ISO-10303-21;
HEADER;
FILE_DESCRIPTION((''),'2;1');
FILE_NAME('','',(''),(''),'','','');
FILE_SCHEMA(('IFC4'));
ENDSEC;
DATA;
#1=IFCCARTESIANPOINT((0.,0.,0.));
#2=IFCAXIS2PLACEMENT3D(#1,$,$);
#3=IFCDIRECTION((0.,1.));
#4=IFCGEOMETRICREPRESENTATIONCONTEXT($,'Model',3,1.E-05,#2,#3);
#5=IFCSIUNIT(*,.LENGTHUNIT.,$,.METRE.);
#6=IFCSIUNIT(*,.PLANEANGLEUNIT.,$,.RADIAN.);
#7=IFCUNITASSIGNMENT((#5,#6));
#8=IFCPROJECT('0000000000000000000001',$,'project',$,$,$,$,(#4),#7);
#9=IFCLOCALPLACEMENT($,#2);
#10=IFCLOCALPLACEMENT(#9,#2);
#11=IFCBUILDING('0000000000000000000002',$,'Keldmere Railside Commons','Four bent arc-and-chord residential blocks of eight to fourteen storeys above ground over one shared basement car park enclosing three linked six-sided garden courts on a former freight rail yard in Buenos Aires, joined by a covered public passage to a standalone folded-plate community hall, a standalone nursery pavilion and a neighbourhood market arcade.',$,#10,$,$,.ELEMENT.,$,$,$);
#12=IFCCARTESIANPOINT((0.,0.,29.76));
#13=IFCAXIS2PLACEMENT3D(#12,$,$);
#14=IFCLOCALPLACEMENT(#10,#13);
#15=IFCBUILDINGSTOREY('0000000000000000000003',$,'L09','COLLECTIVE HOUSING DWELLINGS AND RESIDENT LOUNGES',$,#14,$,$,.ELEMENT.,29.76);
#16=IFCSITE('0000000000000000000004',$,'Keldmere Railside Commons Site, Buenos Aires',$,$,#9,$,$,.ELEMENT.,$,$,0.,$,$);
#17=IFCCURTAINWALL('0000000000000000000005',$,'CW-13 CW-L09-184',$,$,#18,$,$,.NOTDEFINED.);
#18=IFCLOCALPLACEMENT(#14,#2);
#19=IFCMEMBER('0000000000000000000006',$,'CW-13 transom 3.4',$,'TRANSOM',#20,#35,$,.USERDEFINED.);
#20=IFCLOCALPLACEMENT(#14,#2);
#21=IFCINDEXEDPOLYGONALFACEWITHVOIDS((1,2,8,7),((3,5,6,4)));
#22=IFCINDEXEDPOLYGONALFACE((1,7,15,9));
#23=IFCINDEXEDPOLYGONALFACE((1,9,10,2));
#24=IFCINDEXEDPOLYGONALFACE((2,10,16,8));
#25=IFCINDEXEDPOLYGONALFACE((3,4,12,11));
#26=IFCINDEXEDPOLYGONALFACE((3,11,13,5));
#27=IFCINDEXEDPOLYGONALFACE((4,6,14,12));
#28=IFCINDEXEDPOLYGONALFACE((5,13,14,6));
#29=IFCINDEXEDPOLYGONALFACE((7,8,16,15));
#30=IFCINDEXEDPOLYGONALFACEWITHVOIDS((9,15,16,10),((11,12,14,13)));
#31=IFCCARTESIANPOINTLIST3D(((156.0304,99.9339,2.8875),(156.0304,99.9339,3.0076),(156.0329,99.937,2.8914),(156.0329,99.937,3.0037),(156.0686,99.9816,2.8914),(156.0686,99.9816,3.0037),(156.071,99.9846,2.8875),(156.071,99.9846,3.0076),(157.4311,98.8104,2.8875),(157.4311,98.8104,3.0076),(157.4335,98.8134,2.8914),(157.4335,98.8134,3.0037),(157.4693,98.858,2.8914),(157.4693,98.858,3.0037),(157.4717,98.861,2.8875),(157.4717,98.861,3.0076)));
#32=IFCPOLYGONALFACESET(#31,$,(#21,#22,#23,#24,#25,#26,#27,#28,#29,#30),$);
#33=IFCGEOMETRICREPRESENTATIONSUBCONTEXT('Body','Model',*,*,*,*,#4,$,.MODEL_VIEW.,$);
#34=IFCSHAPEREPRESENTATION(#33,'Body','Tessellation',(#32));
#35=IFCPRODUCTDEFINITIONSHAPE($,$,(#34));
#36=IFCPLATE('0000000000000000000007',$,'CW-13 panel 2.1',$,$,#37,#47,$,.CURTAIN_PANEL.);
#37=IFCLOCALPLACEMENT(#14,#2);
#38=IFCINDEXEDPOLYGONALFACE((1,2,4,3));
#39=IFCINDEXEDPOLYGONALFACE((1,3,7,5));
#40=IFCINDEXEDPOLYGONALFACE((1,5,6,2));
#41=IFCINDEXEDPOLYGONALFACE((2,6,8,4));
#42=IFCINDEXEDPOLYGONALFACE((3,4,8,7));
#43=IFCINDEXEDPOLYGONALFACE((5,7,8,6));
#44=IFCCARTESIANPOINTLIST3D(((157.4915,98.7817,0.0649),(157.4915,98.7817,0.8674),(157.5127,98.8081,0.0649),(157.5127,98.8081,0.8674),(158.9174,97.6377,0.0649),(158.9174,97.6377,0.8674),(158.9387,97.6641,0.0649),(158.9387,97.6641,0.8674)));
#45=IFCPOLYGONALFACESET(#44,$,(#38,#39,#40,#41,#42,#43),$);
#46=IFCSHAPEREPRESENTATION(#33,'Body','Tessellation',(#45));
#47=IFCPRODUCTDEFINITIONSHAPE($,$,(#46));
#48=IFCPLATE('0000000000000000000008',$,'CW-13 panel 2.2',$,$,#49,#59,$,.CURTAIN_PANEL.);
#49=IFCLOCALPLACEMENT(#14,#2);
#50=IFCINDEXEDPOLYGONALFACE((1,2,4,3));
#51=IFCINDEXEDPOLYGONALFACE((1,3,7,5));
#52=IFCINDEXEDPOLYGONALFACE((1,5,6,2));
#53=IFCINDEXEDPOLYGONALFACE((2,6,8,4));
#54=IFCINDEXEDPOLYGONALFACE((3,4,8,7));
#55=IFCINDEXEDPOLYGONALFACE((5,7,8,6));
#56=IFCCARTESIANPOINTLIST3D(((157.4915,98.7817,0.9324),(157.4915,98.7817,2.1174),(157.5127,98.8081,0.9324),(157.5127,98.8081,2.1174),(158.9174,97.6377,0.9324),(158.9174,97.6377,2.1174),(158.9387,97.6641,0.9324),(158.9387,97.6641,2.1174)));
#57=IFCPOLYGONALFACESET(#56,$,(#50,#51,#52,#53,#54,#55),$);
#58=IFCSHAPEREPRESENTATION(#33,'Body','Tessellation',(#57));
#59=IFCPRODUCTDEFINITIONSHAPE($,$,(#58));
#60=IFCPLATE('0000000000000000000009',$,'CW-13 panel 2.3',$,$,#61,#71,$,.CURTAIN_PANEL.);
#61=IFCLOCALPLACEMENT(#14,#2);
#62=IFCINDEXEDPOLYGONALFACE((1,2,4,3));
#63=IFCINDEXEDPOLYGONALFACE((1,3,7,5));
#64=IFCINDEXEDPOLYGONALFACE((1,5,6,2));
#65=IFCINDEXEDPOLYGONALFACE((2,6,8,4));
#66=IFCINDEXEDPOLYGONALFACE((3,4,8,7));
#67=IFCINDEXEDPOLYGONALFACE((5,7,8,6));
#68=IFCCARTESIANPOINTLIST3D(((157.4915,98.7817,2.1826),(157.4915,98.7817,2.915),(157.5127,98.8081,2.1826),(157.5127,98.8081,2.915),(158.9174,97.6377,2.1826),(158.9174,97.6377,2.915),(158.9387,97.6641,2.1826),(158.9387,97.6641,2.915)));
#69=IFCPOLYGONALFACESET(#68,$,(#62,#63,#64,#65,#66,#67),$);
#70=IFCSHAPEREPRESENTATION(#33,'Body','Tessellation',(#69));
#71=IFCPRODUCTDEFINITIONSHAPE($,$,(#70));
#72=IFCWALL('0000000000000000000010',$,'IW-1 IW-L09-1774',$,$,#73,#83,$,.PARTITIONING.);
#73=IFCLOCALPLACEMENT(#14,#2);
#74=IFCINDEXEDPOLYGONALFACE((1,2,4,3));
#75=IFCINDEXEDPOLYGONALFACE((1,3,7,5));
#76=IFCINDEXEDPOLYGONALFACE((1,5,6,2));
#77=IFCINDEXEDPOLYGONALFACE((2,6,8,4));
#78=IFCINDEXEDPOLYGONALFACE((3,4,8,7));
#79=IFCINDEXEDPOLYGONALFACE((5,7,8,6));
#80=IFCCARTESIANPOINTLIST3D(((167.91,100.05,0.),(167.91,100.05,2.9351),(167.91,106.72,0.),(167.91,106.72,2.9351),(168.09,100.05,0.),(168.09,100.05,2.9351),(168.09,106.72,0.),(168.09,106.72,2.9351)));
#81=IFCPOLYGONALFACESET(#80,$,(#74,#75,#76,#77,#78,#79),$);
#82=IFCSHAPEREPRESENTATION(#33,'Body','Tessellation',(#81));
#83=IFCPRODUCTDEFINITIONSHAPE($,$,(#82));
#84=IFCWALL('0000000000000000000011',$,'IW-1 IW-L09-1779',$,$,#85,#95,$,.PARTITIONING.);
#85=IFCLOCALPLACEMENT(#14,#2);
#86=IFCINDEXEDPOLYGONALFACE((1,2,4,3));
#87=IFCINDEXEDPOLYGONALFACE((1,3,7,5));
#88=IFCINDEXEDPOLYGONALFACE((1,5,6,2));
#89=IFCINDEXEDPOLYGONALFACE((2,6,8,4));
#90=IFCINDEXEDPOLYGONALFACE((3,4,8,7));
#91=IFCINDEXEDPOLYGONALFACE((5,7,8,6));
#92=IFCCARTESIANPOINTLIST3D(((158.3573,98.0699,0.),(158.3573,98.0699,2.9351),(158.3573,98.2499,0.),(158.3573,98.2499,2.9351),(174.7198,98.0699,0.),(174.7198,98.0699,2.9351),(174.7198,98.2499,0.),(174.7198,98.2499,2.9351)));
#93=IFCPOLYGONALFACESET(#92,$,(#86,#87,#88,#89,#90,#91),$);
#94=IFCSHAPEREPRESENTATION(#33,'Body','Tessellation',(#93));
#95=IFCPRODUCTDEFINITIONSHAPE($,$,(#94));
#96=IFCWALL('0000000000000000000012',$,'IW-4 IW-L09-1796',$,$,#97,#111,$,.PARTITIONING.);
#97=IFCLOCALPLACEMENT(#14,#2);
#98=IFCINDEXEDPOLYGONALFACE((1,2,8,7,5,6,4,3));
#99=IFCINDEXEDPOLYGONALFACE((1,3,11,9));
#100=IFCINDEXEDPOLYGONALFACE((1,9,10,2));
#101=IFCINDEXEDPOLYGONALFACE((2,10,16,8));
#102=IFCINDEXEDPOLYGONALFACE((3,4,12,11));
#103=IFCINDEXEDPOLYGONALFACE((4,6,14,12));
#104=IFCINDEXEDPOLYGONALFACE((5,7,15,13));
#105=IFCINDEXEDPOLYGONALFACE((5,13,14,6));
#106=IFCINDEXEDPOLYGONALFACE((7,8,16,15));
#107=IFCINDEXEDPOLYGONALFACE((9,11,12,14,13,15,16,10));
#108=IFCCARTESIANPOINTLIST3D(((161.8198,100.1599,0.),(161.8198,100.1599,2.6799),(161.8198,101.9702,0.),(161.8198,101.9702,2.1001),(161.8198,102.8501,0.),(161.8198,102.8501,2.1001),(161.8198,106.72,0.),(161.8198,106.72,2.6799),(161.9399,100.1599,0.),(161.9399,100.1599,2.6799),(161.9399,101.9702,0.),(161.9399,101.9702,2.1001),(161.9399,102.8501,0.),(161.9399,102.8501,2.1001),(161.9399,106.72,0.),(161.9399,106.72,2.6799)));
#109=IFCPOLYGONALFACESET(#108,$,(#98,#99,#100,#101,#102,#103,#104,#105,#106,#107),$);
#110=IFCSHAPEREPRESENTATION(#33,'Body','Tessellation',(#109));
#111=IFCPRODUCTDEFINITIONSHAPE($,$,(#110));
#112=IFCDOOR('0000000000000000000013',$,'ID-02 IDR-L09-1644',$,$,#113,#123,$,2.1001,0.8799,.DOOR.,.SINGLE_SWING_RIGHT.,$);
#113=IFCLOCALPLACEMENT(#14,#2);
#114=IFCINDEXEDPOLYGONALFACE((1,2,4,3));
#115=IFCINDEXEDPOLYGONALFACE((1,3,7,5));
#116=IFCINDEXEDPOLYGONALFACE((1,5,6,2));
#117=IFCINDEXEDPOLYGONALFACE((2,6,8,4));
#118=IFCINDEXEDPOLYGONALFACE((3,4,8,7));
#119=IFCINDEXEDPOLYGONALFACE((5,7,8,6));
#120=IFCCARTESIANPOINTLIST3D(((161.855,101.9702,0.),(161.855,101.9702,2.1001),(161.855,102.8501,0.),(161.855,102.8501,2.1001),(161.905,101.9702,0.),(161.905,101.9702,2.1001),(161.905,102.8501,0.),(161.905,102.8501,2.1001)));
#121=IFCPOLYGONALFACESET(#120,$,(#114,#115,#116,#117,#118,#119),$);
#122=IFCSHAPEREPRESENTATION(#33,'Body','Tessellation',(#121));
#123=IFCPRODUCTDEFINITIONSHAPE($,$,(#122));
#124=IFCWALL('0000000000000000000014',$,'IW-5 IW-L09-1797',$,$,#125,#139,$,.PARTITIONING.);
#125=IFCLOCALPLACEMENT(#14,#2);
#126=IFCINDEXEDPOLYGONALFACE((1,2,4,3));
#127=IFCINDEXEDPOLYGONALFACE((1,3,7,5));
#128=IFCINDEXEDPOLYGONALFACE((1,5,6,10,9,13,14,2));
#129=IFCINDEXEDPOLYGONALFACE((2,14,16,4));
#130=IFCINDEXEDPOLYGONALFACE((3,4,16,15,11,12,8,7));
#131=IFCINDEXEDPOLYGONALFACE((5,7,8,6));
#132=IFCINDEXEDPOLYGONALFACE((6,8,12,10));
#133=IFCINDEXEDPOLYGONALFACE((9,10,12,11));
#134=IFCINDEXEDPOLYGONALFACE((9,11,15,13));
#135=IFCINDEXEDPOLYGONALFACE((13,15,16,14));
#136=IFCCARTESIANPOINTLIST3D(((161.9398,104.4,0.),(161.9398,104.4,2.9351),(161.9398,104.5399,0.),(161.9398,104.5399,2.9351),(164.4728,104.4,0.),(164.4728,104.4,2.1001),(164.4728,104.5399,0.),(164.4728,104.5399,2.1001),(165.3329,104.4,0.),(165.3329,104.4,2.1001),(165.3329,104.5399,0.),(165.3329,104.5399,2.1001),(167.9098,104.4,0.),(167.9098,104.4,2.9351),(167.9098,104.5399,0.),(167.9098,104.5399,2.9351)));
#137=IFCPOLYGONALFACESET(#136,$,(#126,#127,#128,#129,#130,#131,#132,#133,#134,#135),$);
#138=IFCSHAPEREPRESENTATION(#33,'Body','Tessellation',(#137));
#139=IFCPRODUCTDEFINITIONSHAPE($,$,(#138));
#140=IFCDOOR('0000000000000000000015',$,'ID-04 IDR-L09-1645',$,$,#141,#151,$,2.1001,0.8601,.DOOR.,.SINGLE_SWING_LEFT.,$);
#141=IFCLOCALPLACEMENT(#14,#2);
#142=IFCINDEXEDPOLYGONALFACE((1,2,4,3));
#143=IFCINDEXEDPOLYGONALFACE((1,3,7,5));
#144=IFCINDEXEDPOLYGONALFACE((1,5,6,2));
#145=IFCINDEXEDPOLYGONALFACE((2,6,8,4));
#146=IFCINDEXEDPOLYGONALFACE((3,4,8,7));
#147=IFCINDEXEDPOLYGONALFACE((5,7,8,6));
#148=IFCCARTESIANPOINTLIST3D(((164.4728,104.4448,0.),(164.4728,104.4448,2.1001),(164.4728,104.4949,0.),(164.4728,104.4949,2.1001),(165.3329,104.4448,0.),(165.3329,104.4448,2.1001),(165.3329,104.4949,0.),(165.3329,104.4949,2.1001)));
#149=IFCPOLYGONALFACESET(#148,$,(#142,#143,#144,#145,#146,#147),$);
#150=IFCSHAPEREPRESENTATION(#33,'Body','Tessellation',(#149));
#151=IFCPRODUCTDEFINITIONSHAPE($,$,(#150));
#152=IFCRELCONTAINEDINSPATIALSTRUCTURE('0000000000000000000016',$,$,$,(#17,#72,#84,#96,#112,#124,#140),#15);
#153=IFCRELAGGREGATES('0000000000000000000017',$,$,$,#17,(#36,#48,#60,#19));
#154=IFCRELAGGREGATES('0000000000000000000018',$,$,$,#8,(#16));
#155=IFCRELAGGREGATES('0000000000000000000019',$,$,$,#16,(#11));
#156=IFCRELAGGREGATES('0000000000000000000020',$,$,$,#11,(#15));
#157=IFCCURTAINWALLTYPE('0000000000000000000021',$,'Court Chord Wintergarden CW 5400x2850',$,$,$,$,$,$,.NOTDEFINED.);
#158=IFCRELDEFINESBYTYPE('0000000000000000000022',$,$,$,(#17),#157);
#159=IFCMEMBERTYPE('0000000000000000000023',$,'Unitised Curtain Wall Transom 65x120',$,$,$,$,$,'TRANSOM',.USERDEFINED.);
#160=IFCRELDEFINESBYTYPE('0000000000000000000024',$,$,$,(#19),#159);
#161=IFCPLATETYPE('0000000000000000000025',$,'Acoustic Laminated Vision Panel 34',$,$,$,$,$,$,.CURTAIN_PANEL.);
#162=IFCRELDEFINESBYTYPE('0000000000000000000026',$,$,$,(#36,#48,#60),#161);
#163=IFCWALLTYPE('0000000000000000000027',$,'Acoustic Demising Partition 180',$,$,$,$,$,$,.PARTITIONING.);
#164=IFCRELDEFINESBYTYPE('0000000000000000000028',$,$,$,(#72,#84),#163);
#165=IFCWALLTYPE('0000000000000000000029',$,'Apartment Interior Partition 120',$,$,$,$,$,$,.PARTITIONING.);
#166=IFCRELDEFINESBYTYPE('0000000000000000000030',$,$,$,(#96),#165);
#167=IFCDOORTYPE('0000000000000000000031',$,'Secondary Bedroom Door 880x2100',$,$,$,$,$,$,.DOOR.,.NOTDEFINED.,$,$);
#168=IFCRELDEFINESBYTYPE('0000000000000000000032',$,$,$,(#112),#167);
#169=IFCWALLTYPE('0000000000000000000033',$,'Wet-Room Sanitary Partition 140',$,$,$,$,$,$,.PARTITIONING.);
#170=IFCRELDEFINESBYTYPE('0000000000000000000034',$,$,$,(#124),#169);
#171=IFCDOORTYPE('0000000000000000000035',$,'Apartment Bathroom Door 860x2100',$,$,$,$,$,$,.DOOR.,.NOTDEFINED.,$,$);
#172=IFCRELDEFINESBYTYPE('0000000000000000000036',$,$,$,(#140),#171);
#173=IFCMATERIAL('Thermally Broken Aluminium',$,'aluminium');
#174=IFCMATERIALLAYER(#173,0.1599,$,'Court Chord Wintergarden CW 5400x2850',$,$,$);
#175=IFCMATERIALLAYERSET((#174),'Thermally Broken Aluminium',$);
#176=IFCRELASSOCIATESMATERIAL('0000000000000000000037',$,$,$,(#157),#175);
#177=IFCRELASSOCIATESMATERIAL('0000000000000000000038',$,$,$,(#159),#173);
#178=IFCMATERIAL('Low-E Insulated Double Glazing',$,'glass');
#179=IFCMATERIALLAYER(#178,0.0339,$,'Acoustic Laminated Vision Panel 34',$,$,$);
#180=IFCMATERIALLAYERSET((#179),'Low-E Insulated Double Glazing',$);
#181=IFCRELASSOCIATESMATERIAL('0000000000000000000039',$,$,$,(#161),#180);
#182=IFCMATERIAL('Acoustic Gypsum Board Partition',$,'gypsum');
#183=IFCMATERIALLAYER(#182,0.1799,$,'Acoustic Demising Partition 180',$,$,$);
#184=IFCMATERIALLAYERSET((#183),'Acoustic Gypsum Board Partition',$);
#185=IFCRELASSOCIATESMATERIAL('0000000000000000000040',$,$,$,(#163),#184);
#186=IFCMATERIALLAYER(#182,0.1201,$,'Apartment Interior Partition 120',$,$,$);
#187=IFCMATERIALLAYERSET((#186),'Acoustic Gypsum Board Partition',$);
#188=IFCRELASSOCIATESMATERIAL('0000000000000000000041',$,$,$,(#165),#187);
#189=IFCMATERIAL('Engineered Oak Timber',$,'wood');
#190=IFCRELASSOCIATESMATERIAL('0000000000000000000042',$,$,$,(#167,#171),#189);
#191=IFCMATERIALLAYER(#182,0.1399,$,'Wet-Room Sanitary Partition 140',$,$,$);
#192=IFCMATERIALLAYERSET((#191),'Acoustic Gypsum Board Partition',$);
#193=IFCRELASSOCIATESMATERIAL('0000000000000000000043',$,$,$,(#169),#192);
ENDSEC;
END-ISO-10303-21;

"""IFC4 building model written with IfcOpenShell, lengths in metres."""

from ifc_helpers import new_model, si_unit, direction, frame, frame_2d, origin, origin_2d, place, context, subcontext, project, spatial, rectangle, hollow_rectangle, extrude, material, layer, layer_set, material_profile, profile_set, type_object, element, fill, aggregate, save


model = new_model("IFC4")

# Units and contexts
model_context = context("Model", 3, precision=1e-05, world=origin(), true_north=direction((0.0, 1.0)))
body_context = subcontext(model_context, "Body", "Model", "MODEL_VIEW")
ifc_project = project(units=[si_unit("LENGTHUNIT", "METRE"), si_unit("PLANEANGLEUNIT", "RADIAN")], contexts=[model_context])

# Site, building, storey
site_placement = place(None, origin())
site = spatial("IfcSite", under=ifc_project, at=site_placement, Name="Keldmere Railside Commons Site, Buenos Aires", CompositionType="ELEMENT", RefElevation=0.0)
building_placement = place(site_placement, origin())
building = spatial("IfcBuilding", under=site, at=building_placement, Name="Keldmere Railside Commons", Description="Four bent arc-and-chord residential blocks of eight to fourteen storeys above ground over one shared basement car park enclosing three linked six-sided garden courts on a former freight rail yard in Buenos Aires, joined by a covered public passage to a standalone folded-plate community hall, a standalone nursery pavilion and a neighbourhood market arcade.", CompositionType="ELEMENT")
storey_placement = place(building_placement, frame((0.0, 0.0, 29.76)))
storey = spatial("IfcBuildingStorey", under=building, at=storey_placement, Name="L09", Description="COLLECTIVE HOUSING DWELLINGS AND RESIDENT LOUNGES", CompositionType="ELEMENT", Elevation=29.76)

# Curtain wall, member, plates
ifc_material_1 = material(Name="Thermally Broken Aluminium", Category="aluminium")
ifc_layer_1 = layer(ifc_material_1, 0.1599, Name="Court Chord Wintergarden CW 5400x2850")
ifc_layer_set_1 = layer_set([ifc_layer_1], Name="Thermally Broken Aluminium")
curtain_wall_type = type_object("IfcCurtainWallType", Name="Court Chord Wintergarden CW 5400x2850", PredefinedType="NOTDEFINED", material=ifc_layer_set_1)
curtain_wall_placement = place(storey_placement, origin())
curtain_wall = element("IfcCurtainWall", 1, at=curtain_wall_placement, inside=storey, type_object=curtain_wall_type, Name="CW-13 CW-L09-184", PredefinedType="NOTDEFINED")
ifc_material_profile_1 = material_profile(ifc_material_1, hollow_rectangle(XDim=0.0649, YDim=0.1201, WallThickness=0.0039, at=origin_2d()), Name="ALU-TRAN-65x120")
ifc_profile_set_1 = profile_set([ifc_material_profile_1], Name="Thermally Broken Aluminium")
member_type_1 = type_object("IfcMemberType", Name="Unitised Curtain Wall Transom 65x120", ElementType="TRANSOM", PredefinedType="USERDEFINED", material=ifc_profile_set_1)
member_1_placement = place(storey_placement, frame((157.4514, 98.8357, 2.9475), z_axis=(-0.780046, 0.625723, 0.0), x_axis=(-0.625723, -0.780046, 0.0)))
member_1 = element("IfcMember", 2, at=member_1_placement, type_object=member_type_1, Name="CW-13 transom 3.4", ObjectType="TRANSOM", PredefinedType="USERDEFINED", context=body_context, shape_type="SweptSolid", body=[
    extrude(hollow_rectangle(XDim=0.0649, YDim=0.1201, WallThickness=0.0039, at=origin_2d()), origin(), (0.0, 0.0, 1.0), 1.7957),
])
ifc_material_2 = material(Name="Low-E Insulated Double Glazing", Category="glass")
ifc_layer_2 = layer(ifc_material_2, 0.0339, Name="Acoustic Laminated Vision Panel 34")
ifc_layer_set_2 = layer_set([ifc_layer_2], Name="Low-E Insulated Double Glazing")
plate_type = type_object("IfcPlateType", Name="Acoustic Laminated Vision Panel 34", PredefinedType="CURTAIN_PANEL", material=ifc_layer_set_2)
plate_1_placement = place(storey_placement, frame((158.2151, 98.2229, 0.0649), z_axis=(0.0, 0.0, 1.0), x_axis=(-0.780009, 0.625768, 0.0)))
plate_1 = element("IfcPlate", 3, at=plate_1_placement, type_object=plate_type, Name="CW-13 panel 2.1", PredefinedType="CURTAIN_PANEL", context=body_context, shape_type="SweptSolid", body=[
    extrude(rectangle(XDim=1.8281, YDim=0.0339, at=origin_2d()), origin(), (0.0, 0.0, 1.0), 0.8025),
])
plate_2_placement = place(storey_placement, frame((158.2151, 98.2229, 0.9324), z_axis=(0.0, 0.0, 1.0), x_axis=(-0.780009, 0.625768, 0.0)))
plate_2 = element("IfcPlate", 4, at=plate_2_placement, type_object=plate_type, Name="CW-13 panel 2.2", PredefinedType="CURTAIN_PANEL", context=body_context, shape_type="SweptSolid", body=[
    extrude(rectangle(XDim=1.8281, YDim=0.0339, at=origin_2d()), origin(), (0.0, 0.0, 1.0), 1.1851),
])
plate_3_placement = place(storey_placement, frame((158.2151, 98.2229, 2.1826), z_axis=(0.0, 0.0, 1.0), x_axis=(-0.780009, 0.625768, 0.0)))
plate_3 = element("IfcPlate", 5, at=plate_3_placement, type_object=plate_type, Name="CW-13 panel 2.3", PredefinedType="CURTAIN_PANEL", context=body_context, shape_type="SweptSolid", body=[
    extrude(rectangle(XDim=1.8281, YDim=0.0339, at=origin_2d()), origin(), (0.0, 0.0, 1.0), 0.7324),
])
aggregate(curtain_wall, [plate_1, plate_2, plate_3, member_1])

# Walls
ifc_material_3 = material(Name="Acoustic Gypsum Board Partition", Category="gypsum")
ifc_layer_3 = layer(ifc_material_3, 0.1799, Name="Acoustic Demising Partition 180")
ifc_layer_set_3 = layer_set([ifc_layer_3], Name="Acoustic Gypsum Board Partition")
wall_type_1 = type_object("IfcWallType", Name="Acoustic Demising Partition 180", PredefinedType="PARTITIONING", material=ifc_layer_set_3)
wall_1_placement = place(storey_placement, frame((168.0, 100.05, 0.0), z_axis=(0.0, 0.0, 1.0), x_axis=(0.0, 1.0, 0.0)))
element("IfcWall", 6, at=wall_1_placement, inside=storey, type_object=wall_type_1, Name="IW-1 IW-L09-1774", PredefinedType="PARTITIONING", context=body_context, shape_type="SweptSolid", body=[
    extrude(rectangle(XDim=6.6699, YDim=0.1799, at=frame_2d((3.335, 0.0))), origin(), (0.0, 0.0, 1.0), 2.9351),
])
wall_2_placement = place(storey_placement, frame((158.3574, 98.1599, 0.0), z_axis=(0.0, 0.0, 1.0), x_axis=(1.0, 0.0, 0.0)))
element("IfcWall", 7, at=wall_2_placement, inside=storey, type_object=wall_type_1, Name="IW-1 IW-L09-1779", PredefinedType="PARTITIONING", context=body_context, shape_type="SweptSolid", body=[
    extrude(rectangle(XDim=16.3625, YDim=0.1799, at=frame_2d((8.1812, 0.0))), origin(), (0.0, 0.0, 1.0), 2.9351),
])

# Walls, openings, doors
ifc_layer_4 = layer(ifc_material_3, 0.1201, Name="Apartment Interior Partition 120")
ifc_layer_set_4 = layer_set([ifc_layer_4], Name="Acoustic Gypsum Board Partition")
wall_type_2 = type_object("IfcWallType", Name="Apartment Interior Partition 120", PredefinedType="PARTITIONING", material=ifc_layer_set_4)
wall_3_placement = place(storey_placement, frame((161.8799, 100.1599, 0.0), z_axis=(0.0, 0.0, 1.0), x_axis=(0.0, 1.0, 0.0)))
wall_3 = element("IfcWall", 8, at=wall_3_placement, inside=storey, type_object=wall_type_2, Name="IW-4 IW-L09-1796", PredefinedType="PARTITIONING", context=body_context, shape_type="SweptSolid", body=[
    extrude(rectangle(XDim=6.5601, YDim=0.1201, at=frame_2d((3.28, 0.0))), origin(), (0.0, 0.0, 1.0), 2.6799),
])
opening_1_placement = place(wall_3_placement, frame((1.8103, 0.0, 0.0)))
opening_1 = element("IfcOpeningElement", 9, at=opening_1_placement, cuts=wall_3, PredefinedType="OPENING", context=body_context, shape_type="SweptSolid", body=[
    extrude(rectangle(XDim=0.8799, YDim=2.1001, at=frame_2d((0.4399, 1.05))), frame((0.0, 0.0701, 0.0), z_axis=(0.0, -1.0, 0.0), x_axis=(1.0, 0.0, 0.0)), (0.0, 0.0, 1.0), 0.1401),
])
ifc_material_4 = material(Name="Engineered Oak Timber", Category="wood")
door_type_1 = type_object("IfcDoorType", Name="Secondary Bedroom Door 880x2100", OperationType="NOTDEFINED", PredefinedType="DOOR", material=ifc_material_4)
door_1_placement = place(opening_1_placement, origin())
door_1 = element("IfcDoor", 10, at=door_1_placement, inside=storey, type_object=door_type_1, Name="ID-02 IDR-L09-1644", OperationType="SINGLE_SWING_RIGHT", OverallHeight=2.1001, OverallWidth=0.8799, PredefinedType="DOOR", context=body_context, shape_type="SweptSolid", body=[
    extrude(rectangle(XDim=0.8799, YDim=2.1001, at=frame_2d((0.4399, 1.05))), frame((0.0, 0.0249, 0.0), z_axis=(0.0, -1.0, 0.0), x_axis=(1.0, 0.0, 0.0)), (0.0, 0.0, 1.0), 0.05),
])
fill(opening_1, door_1)
ifc_layer_5 = layer(ifc_material_3, 0.1399, Name="Wet-Room Sanitary Partition 140")
ifc_layer_set_5 = layer_set([ifc_layer_5], Name="Acoustic Gypsum Board Partition")
wall_type_3 = type_object("IfcWallType", Name="Wet-Room Sanitary Partition 140", PredefinedType="PARTITIONING", material=ifc_layer_set_5)
wall_4_placement = place(storey_placement, frame((161.9399, 104.47, 0.0), z_axis=(0.0, 0.0, 1.0), x_axis=(1.0, 0.0, 0.0)))
wall_4 = element("IfcWall", 11, at=wall_4_placement, inside=storey, type_object=wall_type_3, Name="IW-5 IW-L09-1797", PredefinedType="PARTITIONING", context=body_context, shape_type="SweptSolid", body=[
    extrude(rectangle(XDim=5.97, YDim=0.1399, at=frame_2d((2.9849, 0.0))), origin(), (0.0, 0.0, 1.0), 2.9351),
])
opening_2_placement = place(wall_4_placement, frame((2.5327, 0.0, 0.0)))
opening_2 = element("IfcOpeningElement", 12, at=opening_2_placement, cuts=wall_4, PredefinedType="OPENING", context=body_context, shape_type="SweptSolid", body=[
    extrude(rectangle(XDim=0.8601, YDim=2.1001, at=frame_2d((0.4302, 1.05))), frame((0.0, 0.0798, 0.0), z_axis=(0.0, -1.0, 0.0), x_axis=(1.0, 0.0, 0.0)), (0.0, 0.0, 1.0), 0.1599),
])
door_type_2 = type_object("IfcDoorType", Name="Apartment Bathroom Door 860x2100", OperationType="NOTDEFINED", PredefinedType="DOOR", material=ifc_material_4)
door_2_placement = place(opening_2_placement, origin())
door_2 = element("IfcDoor", 13, at=door_2_placement, inside=storey, type_object=door_type_2, Name="ID-04 IDR-L09-1645", OperationType="SINGLE_SWING_LEFT", OverallHeight=2.1001, OverallWidth=0.8601, PredefinedType="DOOR", context=body_context, shape_type="SweptSolid", body=[
    extrude(rectangle(XDim=0.8601, YDim=2.1001, at=frame_2d((0.4302, 1.05))), frame((0.0, 0.0249, 0.0), z_axis=(0.0, -1.0, 0.0), x_axis=(1.0, 0.0, 0.0)), (0.0, 0.0, 1.0), 0.05),
])
fill(opening_2, door_2)

save(model, "model.ifc")
